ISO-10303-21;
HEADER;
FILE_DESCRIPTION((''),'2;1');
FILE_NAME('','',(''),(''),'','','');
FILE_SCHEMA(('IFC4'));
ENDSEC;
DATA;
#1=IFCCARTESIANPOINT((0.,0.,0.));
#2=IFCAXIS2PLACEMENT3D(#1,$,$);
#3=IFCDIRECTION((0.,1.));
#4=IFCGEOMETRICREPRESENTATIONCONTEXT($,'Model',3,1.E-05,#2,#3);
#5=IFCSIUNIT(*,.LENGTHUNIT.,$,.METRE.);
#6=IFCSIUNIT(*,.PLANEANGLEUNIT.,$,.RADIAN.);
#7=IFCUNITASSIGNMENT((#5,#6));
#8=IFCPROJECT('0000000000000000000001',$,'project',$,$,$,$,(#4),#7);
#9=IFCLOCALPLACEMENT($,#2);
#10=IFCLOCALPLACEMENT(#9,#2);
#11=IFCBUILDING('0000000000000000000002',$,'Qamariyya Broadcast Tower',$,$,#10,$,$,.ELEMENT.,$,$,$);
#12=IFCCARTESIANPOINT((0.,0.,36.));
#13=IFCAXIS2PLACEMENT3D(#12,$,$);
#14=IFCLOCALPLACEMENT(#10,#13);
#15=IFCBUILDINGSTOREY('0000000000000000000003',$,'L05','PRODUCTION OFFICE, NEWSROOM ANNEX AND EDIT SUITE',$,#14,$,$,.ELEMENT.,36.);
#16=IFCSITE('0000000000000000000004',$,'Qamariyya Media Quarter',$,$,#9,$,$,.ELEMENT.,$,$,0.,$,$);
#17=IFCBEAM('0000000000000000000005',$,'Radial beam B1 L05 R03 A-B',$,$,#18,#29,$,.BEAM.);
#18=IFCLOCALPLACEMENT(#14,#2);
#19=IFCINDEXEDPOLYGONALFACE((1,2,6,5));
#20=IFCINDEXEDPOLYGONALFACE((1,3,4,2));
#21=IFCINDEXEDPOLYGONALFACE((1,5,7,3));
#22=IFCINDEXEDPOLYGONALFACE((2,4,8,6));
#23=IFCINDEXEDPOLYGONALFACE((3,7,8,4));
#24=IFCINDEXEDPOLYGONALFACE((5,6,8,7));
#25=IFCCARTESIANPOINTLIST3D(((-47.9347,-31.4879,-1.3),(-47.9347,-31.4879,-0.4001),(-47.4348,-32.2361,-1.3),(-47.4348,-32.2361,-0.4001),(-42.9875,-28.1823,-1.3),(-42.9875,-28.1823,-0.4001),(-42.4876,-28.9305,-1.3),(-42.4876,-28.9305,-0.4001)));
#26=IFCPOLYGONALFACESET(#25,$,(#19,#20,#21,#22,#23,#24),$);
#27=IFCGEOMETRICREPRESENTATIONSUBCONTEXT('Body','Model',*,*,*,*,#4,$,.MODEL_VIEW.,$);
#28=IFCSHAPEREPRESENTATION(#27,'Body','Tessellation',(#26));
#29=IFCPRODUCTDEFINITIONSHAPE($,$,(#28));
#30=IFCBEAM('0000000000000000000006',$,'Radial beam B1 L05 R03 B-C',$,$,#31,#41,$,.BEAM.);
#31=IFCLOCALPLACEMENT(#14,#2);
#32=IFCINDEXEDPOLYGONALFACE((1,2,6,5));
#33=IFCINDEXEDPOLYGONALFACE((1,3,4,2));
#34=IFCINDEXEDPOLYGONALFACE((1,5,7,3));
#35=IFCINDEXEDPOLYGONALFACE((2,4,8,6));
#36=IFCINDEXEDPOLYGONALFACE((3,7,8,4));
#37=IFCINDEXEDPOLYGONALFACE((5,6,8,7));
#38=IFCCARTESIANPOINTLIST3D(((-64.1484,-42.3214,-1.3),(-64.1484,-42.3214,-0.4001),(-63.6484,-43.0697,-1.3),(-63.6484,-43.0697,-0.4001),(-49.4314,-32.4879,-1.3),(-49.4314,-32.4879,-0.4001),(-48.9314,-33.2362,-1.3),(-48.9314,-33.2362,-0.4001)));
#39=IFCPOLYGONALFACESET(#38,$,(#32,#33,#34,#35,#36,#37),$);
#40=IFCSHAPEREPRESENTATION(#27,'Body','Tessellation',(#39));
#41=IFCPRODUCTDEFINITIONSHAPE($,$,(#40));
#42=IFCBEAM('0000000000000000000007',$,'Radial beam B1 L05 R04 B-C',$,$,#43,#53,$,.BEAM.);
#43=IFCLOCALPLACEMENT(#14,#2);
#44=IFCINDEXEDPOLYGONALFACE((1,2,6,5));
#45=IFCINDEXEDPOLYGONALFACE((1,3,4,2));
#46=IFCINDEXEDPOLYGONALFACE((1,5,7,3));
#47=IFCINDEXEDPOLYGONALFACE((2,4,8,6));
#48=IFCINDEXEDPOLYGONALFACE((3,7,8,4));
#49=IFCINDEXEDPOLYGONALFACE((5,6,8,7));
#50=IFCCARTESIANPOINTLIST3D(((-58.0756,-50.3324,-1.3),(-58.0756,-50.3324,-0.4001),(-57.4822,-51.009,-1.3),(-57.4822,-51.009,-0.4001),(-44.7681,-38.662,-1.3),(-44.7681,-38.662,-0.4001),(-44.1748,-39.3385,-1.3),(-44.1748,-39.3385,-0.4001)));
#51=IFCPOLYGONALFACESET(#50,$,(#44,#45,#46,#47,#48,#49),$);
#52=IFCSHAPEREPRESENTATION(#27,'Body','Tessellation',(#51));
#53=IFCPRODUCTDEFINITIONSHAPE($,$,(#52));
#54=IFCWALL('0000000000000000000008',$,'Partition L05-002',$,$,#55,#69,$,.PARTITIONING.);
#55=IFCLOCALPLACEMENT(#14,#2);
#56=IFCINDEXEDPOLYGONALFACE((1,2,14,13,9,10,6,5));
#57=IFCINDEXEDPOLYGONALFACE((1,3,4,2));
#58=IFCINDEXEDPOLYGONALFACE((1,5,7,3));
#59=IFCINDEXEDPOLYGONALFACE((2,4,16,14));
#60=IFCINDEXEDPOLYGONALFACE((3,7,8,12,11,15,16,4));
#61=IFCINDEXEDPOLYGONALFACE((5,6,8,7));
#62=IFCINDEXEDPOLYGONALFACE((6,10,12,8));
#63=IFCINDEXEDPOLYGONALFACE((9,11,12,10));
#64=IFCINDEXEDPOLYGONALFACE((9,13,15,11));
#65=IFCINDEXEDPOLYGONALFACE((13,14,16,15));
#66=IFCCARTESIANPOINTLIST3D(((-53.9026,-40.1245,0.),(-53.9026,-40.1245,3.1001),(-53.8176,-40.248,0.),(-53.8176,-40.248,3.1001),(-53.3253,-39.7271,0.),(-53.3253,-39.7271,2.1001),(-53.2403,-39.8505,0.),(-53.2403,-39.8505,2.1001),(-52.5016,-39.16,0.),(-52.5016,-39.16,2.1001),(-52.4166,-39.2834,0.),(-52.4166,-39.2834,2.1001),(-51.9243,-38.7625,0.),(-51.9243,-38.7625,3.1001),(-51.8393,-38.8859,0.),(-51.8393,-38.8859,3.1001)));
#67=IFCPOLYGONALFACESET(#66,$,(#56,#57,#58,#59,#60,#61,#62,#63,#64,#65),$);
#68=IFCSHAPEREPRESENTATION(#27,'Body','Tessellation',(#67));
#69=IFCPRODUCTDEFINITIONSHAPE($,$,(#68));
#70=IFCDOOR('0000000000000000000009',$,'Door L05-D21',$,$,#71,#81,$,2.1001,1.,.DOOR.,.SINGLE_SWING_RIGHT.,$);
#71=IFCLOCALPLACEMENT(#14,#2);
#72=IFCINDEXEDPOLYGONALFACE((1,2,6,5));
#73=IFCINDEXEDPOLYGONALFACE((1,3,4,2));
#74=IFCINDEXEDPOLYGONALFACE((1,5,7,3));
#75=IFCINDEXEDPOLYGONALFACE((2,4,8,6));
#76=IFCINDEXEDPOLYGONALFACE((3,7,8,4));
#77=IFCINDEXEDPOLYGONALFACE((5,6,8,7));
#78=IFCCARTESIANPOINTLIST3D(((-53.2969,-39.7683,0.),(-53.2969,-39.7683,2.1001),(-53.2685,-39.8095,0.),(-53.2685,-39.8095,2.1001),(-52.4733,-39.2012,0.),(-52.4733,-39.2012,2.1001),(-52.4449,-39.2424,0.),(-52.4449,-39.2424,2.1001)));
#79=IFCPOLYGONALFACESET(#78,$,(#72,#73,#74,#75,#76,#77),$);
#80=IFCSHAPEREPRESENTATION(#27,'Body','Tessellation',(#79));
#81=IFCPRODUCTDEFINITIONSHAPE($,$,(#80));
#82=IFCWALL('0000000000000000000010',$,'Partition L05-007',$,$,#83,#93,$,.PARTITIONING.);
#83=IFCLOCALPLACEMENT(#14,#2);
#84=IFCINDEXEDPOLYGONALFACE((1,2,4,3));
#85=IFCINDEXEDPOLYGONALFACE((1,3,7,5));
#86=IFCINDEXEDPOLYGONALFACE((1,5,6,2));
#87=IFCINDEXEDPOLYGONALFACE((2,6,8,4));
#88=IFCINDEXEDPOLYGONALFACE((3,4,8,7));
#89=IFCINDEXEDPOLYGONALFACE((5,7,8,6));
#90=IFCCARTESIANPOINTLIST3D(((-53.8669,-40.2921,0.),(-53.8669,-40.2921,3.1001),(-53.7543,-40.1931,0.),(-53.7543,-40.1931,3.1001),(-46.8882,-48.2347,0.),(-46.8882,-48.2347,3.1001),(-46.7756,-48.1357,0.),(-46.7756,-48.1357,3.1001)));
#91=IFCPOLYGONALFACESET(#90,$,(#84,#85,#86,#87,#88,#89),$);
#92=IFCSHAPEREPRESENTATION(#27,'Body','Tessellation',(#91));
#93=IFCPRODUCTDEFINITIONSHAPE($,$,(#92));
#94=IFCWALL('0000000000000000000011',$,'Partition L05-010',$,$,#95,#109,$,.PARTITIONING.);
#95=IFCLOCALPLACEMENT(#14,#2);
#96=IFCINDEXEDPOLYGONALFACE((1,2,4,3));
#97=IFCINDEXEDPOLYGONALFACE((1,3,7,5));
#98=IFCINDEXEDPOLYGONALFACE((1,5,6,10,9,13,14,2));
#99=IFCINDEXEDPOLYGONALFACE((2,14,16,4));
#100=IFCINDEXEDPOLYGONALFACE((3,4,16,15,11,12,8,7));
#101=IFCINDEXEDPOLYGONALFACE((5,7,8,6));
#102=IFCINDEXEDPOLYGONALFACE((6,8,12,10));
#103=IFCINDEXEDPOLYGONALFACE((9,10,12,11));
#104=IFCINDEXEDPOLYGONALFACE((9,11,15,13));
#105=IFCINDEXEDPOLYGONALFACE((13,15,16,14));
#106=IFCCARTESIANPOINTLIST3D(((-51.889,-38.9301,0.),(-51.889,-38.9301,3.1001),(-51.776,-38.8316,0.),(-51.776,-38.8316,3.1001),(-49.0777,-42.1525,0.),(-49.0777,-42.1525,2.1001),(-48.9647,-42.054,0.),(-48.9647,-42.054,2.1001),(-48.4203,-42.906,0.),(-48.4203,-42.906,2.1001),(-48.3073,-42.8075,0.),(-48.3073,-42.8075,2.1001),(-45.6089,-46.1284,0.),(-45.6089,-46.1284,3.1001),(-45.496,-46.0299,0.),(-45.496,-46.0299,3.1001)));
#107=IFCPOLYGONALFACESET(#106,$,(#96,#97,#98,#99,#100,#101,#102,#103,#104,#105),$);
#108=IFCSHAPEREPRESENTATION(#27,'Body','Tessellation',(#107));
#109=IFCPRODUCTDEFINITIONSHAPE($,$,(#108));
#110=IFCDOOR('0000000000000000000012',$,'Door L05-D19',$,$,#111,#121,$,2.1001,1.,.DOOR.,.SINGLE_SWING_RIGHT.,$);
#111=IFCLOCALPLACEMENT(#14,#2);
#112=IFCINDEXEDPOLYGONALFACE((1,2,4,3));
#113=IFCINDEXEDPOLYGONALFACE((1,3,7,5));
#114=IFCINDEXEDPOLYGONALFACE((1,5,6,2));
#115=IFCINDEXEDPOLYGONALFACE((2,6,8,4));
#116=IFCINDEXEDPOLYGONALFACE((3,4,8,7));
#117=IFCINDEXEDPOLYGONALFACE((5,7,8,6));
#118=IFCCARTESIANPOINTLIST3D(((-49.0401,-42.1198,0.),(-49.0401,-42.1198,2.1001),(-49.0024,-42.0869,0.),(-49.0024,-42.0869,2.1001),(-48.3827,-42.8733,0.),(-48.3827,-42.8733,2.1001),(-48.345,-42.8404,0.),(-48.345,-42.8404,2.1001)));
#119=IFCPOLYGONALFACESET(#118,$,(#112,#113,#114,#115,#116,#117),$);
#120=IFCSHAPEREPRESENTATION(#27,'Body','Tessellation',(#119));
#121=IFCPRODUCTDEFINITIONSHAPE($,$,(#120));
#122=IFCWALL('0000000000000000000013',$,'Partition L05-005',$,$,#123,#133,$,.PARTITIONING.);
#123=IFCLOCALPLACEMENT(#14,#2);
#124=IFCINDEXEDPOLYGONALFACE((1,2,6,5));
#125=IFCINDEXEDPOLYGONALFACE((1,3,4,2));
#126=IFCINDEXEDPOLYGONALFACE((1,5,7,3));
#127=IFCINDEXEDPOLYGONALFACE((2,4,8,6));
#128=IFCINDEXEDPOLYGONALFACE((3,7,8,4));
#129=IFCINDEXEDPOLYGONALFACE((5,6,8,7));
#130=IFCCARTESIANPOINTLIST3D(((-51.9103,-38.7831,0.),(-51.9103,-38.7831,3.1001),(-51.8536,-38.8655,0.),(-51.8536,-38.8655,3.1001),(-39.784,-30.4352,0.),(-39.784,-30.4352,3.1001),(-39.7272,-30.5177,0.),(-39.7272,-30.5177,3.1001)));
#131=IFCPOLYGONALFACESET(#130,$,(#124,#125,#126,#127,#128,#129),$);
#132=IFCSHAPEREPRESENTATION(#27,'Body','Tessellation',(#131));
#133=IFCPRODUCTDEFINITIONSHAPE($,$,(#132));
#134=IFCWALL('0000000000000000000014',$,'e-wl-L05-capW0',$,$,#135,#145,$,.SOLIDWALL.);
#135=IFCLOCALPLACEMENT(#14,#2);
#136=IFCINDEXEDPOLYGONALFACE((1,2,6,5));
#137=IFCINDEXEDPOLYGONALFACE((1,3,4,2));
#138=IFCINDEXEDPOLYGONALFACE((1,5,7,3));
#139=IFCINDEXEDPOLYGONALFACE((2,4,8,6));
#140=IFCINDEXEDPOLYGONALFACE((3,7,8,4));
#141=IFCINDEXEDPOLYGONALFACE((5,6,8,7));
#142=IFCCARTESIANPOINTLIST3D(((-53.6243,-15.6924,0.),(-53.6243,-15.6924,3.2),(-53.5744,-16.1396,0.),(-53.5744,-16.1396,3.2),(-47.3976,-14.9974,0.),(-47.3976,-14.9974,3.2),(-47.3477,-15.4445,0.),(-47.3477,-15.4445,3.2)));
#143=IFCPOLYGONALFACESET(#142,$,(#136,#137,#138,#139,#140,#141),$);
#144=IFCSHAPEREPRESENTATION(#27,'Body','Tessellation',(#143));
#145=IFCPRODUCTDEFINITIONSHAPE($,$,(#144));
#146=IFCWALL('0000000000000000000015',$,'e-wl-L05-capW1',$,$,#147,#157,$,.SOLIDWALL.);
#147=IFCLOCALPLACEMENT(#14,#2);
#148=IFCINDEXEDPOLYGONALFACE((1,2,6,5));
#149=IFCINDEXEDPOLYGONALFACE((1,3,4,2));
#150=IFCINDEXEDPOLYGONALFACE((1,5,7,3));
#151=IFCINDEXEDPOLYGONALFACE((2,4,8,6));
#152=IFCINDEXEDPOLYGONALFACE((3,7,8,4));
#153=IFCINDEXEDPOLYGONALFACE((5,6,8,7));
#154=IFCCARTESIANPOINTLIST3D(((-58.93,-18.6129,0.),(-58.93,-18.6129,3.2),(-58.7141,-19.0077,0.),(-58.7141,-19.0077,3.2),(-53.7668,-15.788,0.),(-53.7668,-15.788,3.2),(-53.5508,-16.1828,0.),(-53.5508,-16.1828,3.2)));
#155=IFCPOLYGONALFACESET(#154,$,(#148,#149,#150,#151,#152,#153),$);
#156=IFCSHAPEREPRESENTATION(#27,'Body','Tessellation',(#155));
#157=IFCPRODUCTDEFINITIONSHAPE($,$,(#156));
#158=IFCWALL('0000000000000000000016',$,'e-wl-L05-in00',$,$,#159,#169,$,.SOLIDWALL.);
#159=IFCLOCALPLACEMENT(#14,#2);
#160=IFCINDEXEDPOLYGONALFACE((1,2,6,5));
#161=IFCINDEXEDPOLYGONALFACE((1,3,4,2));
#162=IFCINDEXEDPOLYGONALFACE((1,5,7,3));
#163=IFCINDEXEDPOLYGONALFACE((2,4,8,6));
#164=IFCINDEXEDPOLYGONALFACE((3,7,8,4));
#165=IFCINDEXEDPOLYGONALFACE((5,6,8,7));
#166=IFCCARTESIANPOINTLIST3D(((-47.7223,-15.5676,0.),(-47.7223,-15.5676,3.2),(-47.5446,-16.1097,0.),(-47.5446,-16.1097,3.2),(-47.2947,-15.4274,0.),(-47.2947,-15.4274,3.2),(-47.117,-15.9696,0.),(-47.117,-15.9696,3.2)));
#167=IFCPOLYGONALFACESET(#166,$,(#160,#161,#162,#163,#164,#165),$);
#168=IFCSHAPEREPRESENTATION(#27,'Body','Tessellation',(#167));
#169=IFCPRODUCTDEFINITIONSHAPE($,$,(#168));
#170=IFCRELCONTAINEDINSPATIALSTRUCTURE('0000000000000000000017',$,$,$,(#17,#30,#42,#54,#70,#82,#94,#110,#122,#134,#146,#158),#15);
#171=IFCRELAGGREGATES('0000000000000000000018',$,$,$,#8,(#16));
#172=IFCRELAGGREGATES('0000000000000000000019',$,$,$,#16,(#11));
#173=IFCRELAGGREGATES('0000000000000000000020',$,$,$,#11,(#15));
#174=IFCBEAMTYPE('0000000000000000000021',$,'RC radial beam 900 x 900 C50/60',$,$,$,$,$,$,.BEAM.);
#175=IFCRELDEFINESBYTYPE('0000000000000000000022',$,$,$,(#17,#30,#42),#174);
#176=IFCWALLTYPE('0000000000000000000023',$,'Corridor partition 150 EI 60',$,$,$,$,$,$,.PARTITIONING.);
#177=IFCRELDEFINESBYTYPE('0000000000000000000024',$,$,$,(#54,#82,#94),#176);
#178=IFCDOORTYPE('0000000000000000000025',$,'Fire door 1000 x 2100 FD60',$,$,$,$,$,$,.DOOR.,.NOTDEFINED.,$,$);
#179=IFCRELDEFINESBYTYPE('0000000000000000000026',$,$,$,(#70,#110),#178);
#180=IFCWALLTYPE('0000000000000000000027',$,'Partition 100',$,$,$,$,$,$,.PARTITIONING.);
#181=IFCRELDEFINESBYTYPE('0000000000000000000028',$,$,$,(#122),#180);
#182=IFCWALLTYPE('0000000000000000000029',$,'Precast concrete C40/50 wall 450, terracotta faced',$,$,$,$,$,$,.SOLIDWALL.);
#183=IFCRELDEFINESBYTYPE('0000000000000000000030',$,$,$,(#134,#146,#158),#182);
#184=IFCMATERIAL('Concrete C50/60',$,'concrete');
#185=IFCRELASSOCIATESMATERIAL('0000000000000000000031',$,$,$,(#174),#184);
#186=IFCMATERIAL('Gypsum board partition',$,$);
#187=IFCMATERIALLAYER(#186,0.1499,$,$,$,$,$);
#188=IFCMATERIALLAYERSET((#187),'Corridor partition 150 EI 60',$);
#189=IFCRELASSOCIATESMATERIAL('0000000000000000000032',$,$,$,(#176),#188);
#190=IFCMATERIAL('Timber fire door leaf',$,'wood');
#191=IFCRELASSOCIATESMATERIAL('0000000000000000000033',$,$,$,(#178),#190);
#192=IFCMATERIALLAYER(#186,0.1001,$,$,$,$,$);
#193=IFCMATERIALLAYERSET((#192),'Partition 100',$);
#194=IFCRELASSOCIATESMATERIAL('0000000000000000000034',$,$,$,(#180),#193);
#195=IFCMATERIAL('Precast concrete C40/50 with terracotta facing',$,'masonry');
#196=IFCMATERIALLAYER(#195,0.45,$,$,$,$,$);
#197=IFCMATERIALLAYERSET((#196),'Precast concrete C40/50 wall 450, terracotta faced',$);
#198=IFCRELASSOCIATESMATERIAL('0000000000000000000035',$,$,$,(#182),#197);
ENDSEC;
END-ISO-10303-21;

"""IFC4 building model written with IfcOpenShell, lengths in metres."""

from ifc_helpers import new_model, si_unit, direction, frame, frame_2d, origin, origin_2d, place, context, subcontext, project, spatial, rectangle, extrude, material, layer, layer_set, material_profile, profile_set, type_object, element, fill, save


model = new_model("IFC4")

# Units and contexts
model_context = context("Model", 3, precision=1e-05, world=origin(), true_north=direction((0.0, 1.0)))
body_context = subcontext(model_context, "Body", "Model", "MODEL_VIEW")
ifc_project = project(units=[si_unit("LENGTHUNIT", "METRE"), si_unit("PLANEANGLEUNIT", "RADIAN")], contexts=[model_context])

# Site, building, storey
site_placement = place(None, origin())
site = spatial("IfcSite", under=ifc_project, at=site_placement, Name="Qamariyya Media Quarter", CompositionType="ELEMENT", RefElevation=0.0)
building_placement = place(site_placement, origin())
building = spatial("IfcBuilding", under=site, at=building_placement, Name="Qamariyya Broadcast Tower", CompositionType="ELEMENT")
storey_placement = place(building_placement, frame((0.0, 0.0, 36.0)))
storey = spatial("IfcBuildingStorey", under=building, at=storey_placement, Name="L05", Description="PRODUCTION OFFICE, NEWSROOM ANNEX AND EDIT SUITE", CompositionType="ELEMENT", Elevation=36.0)

# Beams
ifc_material_1 = material(Name="Concrete C50/60", Category="concrete")
ifc_material_profile_1 = material_profile(ifc_material_1, rectangle(XDim=0.8999, YDim=0.8999, at=origin_2d()))
ifc_profile_set_1 = profile_set([ifc_material_profile_1], Name="Concrete C50/60")
beam_type_1 = type_object("IfcBeamType", Name="RC radial beam 900 x 900 C50/60", PredefinedType="BEAM", material=ifc_profile_set_1)
beam_1_placement = place(storey_placement, frame((-42.7375, -28.5564, -0.8501), z_axis=(-0.831469, -0.555571, 0.0), x_axis=(0.555571, -0.831469, 0.0)))
element("IfcBeam", 1, at=beam_1_placement, inside=storey, type_object=beam_type_1, Name="Radial beam B1 L05 R03 A-B", PredefinedType="BEAM", context=body_context, shape_type="SweptSolid", body=[
    extrude(rectangle(XDim=0.8999, YDim=0.8999, at=origin_2d()), origin(), (0.0, 0.0, 1.0), 5.95),
])
for number, where, z_axis, x_axis, name in (
    (2, (-49.1814, -32.8621, -0.8501), (-0.831473, -0.555566, 0.0), (0.555566, -0.831473, 0.0), "Radial beam B1 L05 R03 B-C"),
    (3, (-44.4714, -39.0002, -0.8501), (-0.751835, -0.659351, 0.0), (0.659351, -0.751835, 0.0), "Radial beam B1 L05 R04 B-C"),
):
    element("IfcBeam", number, at=place(storey_placement, frame(where, z_axis=z_axis, x_axis=x_axis)), inside=storey, type_object=beam_type_1, Name=name, PredefinedType="BEAM", context=body_context, shape_type="SweptSolid", body=[
        extrude(rectangle(XDim=0.8999, YDim=0.8999, at=origin_2d()), origin(), (0.0, 0.0, 1.0), 17.7),
    ])

# Wall, opening, door
ifc_material_2 = material(Name="Gypsum board partition")
ifc_layer_1 = layer(ifc_material_2, 0.1499)
ifc_layer_set_1 = layer_set([ifc_layer_1], Name="Corridor partition 150 EI 60")
wall_type_1 = type_object("IfcWallType", Name="Corridor partition 150 EI 60", PredefinedType="PARTITIONING", material=ifc_layer_set_1)
wall_1_placement = place(storey_placement, frame((-53.8601, -40.1863, 0.0), z_axis=(0.0, 0.0, 1.0), x_axis=(0.823653, 0.567094, 0.0)))
wall_1 = element("IfcWall", 4, at=wall_1_placement, inside=storey, type_object=wall_type_1, Name="Partition L05-002", PredefinedType="PARTITIONING", context=body_context, shape_type="SweptSolid", body=[
    extrude(rectangle(XDim=2.4019, YDim=0.1499, at=frame_2d((1.2009, 0.0))), origin(), (0.0, 0.0, 1.0), 3.1001),
])
opening_1_placement = place(wall_1_placement, frame((0.7009, 0.0, 0.0)))
opening_1 = element("IfcOpeningElement", 5, at=opening_1_placement, cuts=wall_1, PredefinedType="OPENING", context=body_context, shape_type="SweptSolid", body=[
    extrude(rectangle(XDim=1.0, YDim=2.1001, at=frame_2d((0.5, 1.05))), frame((0.0, 0.085, 0.0), z_axis=(0.0, -1.0, 0.0), x_axis=(1.0, 0.0, 0.0)), (0.0, 0.0, 1.0), 0.1699),
])
ifc_material_3 = material(Name="Timber fire door leaf", Category="wood")
door_type = type_object("IfcDoorType", Name="Fire door 1000 x 2100 FD60", OperationType="NOTDEFINED", PredefinedType="DOOR", material=ifc_material_3)
door_1_placement = place(opening_1_placement, origin())
door_1 = element("IfcDoor", 6, at=door_1_placement, inside=storey, type_object=door_type, Name="Door L05-D21", OperationType="SINGLE_SWING_RIGHT", OverallHeight=2.1001, OverallWidth=1.0, PredefinedType="DOOR", context=body_context, shape_type="SweptSolid", body=[
    extrude(rectangle(XDim=1.0, YDim=2.1001, at=frame_2d((0.5, 1.05))), frame((0.0, 0.0249, 0.0), z_axis=(0.0, -1.0, 0.0), x_axis=(1.0, 0.0, 0.0)), (0.0, 0.0, 1.0), 0.05),
])
fill(opening_1, door_1)

# Wall
wall_2_placement = place(storey_placement, frame((-46.8318, -48.1853, 0.0), z_axis=(0.0, 0.0, 1.0), x_axis=(-0.660055, 0.751218, 0.0)))
element("IfcWall", 7, at=wall_2_placement, inside=storey, type_object=wall_type_1, Name="Partition L05-007", PredefinedType="PARTITIONING", context=body_context, shape_type="SweptSolid", body=[
    extrude(rectangle(XDim=10.573, YDim=0.1499, at=frame_2d((5.2866, 0.0))), origin(), (0.0, 0.0, 1.0), 3.1001),
])

# Wall, opening, door
wall_3_placement = place(storey_placement, frame((-51.8325, -38.8809, 0.0), z_axis=(0.0, 0.0, 1.0), x_axis=(0.657411, -0.753532, 0.0)))
wall_3 = element("IfcWall", 8, at=wall_3_placement, inside=storey, type_object=wall_type_1, Name="Partition L05-010", PredefinedType="PARTITIONING", context=body_context, shape_type="SweptSolid", body=[
    extrude(rectangle(XDim=9.5527, YDim=0.1499, at=frame_2d((4.7764, 0.0))), origin(), (0.0, 0.0, 1.0), 3.1001),
])
opening_2_placement = place(wall_3_placement, frame((4.2764, 0.0, 0.0)))
opening_2 = element("IfcOpeningElement", 9, at=opening_2_placement, cuts=wall_3, PredefinedType="OPENING", context=body_context, shape_type="SweptSolid", body=[
    extrude(rectangle(XDim=1.0, YDim=2.1001, at=frame_2d((0.5, 1.05))), frame((0.0, 0.085, 0.0), z_axis=(0.0, -1.0, 0.0), x_axis=(1.0, 0.0, 0.0)), (0.0, 0.0, 1.0), 0.1699),
])
door_2_placement = place(opening_2_placement, origin())
door_2 = element("IfcDoor", 10, at=door_2_placement, inside=storey, type_object=door_type, Name="Door L05-D19", OperationType="SINGLE_SWING_RIGHT", OverallHeight=2.1001, OverallWidth=1.0, PredefinedType="DOOR", context=body_context, shape_type="SweptSolid", body=[
    extrude(rectangle(XDim=1.0, YDim=2.1001, at=frame_2d((0.5, 1.05))), frame((0.0, 0.0249, 0.0), z_axis=(0.0, -1.0, 0.0), x_axis=(1.0, 0.0, 0.0)), (0.0, 0.0, 1.0), 0.05),
])
fill(opening_2, door_2)

# Walls
ifc_layer_2 = layer(ifc_material_2, 0.1001)
ifc_layer_set_2 = layer_set([ifc_layer_2], Name="Partition 100")
wall_type_2 = type_object("IfcWallType", Name="Partition 100", PredefinedType="PARTITIONING", material=ifc_layer_set_2)
wall_4_placement = place(storey_placement, frame((-51.8818, -38.8242, 0.0), z_axis=(0.0, 0.0, 1.0), x_axis=(0.823694, 0.567034, 0.0)))
element("IfcWall", 11, at=wall_4_placement, inside=storey, type_object=wall_type_2, Name="Partition L05-005", PredefinedType="PARTITIONING", context=body_context, shape_type="SweptSolid", body=[
    extrude(rectangle(XDim=14.7219, YDim=0.1001, at=frame_2d((7.3608, 0.0))), origin(), (0.0, 0.0, 1.0), 3.1001),
])
ifc_material_4 = material(Name="Precast concrete C40/50 with terracotta facing", Category="masonry")
ifc_layer_3 = layer(ifc_material_4, 0.45)
ifc_layer_set_3 = layer_set([ifc_layer_3], Name="Precast concrete C40/50 wall 450, terracotta faced")
wall_type_3 = type_object("IfcWallType", Name="Precast concrete C40/50 wall 450, terracotta faced", PredefinedType="SOLIDWALL", material=ifc_layer_set_3)
wall_5_placement = place(storey_placement, frame((-47.3726, -15.2209, 0.0), z_axis=(0.0, 0.0, 1.0), x_axis=(-0.993828, -0.110936, 0.0)))
element("IfcWall", 12, at=wall_5_placement, inside=storey, type_object=wall_type_3, Name="e-wl-L05-capW0", PredefinedType="SOLIDWALL", context=body_context, shape_type="SweptSolid", body=[
    extrude(rectangle(XDim=6.2654, YDim=0.45, at=frame_2d((3.1328, 0.0))), origin(), (0.0, 0.0, 1.0), 3.2),
])
wall_6_placement = place(storey_placement, frame((-53.6587, -15.9854, 0.0), z_axis=(0.0, 0.0, 1.0), x_axis=(-0.877281, -0.479976, 0.0)))
element("IfcWall", 13, at=wall_6_placement, inside=storey, type_object=wall_type_3, Name="e-wl-L05-capW1", PredefinedType="SOLIDWALL", context=body_context, shape_type="SweptSolid", body=[
    extrude(rectangle(XDim=5.8855, YDim=0.45, at=frame_2d((2.9429, 0.0))), origin(), (0.0, 0.0, 1.0), 3.2),
])
wall_7_placement = place(storey_placement, frame((-47.3308, -16.0396, 0.0), z_axis=(0.0, 0.0, 1.0), x_axis=(-0.311475, 0.950254, 0.0)))
element("IfcWall", 14, at=wall_7_placement, inside=storey, type_object=wall_type_3, Name="e-wl-L05-in00", PredefinedType="SOLIDWALL", context=body_context, shape_type="SweptSolid", body=[
    extrude(rectangle(XDim=0.5706, YDim=0.45, at=frame_2d((0.2852, 0.0))), origin(), (0.0, 0.0, 1.0), 3.2),
])

save(model, "model.ifc")
